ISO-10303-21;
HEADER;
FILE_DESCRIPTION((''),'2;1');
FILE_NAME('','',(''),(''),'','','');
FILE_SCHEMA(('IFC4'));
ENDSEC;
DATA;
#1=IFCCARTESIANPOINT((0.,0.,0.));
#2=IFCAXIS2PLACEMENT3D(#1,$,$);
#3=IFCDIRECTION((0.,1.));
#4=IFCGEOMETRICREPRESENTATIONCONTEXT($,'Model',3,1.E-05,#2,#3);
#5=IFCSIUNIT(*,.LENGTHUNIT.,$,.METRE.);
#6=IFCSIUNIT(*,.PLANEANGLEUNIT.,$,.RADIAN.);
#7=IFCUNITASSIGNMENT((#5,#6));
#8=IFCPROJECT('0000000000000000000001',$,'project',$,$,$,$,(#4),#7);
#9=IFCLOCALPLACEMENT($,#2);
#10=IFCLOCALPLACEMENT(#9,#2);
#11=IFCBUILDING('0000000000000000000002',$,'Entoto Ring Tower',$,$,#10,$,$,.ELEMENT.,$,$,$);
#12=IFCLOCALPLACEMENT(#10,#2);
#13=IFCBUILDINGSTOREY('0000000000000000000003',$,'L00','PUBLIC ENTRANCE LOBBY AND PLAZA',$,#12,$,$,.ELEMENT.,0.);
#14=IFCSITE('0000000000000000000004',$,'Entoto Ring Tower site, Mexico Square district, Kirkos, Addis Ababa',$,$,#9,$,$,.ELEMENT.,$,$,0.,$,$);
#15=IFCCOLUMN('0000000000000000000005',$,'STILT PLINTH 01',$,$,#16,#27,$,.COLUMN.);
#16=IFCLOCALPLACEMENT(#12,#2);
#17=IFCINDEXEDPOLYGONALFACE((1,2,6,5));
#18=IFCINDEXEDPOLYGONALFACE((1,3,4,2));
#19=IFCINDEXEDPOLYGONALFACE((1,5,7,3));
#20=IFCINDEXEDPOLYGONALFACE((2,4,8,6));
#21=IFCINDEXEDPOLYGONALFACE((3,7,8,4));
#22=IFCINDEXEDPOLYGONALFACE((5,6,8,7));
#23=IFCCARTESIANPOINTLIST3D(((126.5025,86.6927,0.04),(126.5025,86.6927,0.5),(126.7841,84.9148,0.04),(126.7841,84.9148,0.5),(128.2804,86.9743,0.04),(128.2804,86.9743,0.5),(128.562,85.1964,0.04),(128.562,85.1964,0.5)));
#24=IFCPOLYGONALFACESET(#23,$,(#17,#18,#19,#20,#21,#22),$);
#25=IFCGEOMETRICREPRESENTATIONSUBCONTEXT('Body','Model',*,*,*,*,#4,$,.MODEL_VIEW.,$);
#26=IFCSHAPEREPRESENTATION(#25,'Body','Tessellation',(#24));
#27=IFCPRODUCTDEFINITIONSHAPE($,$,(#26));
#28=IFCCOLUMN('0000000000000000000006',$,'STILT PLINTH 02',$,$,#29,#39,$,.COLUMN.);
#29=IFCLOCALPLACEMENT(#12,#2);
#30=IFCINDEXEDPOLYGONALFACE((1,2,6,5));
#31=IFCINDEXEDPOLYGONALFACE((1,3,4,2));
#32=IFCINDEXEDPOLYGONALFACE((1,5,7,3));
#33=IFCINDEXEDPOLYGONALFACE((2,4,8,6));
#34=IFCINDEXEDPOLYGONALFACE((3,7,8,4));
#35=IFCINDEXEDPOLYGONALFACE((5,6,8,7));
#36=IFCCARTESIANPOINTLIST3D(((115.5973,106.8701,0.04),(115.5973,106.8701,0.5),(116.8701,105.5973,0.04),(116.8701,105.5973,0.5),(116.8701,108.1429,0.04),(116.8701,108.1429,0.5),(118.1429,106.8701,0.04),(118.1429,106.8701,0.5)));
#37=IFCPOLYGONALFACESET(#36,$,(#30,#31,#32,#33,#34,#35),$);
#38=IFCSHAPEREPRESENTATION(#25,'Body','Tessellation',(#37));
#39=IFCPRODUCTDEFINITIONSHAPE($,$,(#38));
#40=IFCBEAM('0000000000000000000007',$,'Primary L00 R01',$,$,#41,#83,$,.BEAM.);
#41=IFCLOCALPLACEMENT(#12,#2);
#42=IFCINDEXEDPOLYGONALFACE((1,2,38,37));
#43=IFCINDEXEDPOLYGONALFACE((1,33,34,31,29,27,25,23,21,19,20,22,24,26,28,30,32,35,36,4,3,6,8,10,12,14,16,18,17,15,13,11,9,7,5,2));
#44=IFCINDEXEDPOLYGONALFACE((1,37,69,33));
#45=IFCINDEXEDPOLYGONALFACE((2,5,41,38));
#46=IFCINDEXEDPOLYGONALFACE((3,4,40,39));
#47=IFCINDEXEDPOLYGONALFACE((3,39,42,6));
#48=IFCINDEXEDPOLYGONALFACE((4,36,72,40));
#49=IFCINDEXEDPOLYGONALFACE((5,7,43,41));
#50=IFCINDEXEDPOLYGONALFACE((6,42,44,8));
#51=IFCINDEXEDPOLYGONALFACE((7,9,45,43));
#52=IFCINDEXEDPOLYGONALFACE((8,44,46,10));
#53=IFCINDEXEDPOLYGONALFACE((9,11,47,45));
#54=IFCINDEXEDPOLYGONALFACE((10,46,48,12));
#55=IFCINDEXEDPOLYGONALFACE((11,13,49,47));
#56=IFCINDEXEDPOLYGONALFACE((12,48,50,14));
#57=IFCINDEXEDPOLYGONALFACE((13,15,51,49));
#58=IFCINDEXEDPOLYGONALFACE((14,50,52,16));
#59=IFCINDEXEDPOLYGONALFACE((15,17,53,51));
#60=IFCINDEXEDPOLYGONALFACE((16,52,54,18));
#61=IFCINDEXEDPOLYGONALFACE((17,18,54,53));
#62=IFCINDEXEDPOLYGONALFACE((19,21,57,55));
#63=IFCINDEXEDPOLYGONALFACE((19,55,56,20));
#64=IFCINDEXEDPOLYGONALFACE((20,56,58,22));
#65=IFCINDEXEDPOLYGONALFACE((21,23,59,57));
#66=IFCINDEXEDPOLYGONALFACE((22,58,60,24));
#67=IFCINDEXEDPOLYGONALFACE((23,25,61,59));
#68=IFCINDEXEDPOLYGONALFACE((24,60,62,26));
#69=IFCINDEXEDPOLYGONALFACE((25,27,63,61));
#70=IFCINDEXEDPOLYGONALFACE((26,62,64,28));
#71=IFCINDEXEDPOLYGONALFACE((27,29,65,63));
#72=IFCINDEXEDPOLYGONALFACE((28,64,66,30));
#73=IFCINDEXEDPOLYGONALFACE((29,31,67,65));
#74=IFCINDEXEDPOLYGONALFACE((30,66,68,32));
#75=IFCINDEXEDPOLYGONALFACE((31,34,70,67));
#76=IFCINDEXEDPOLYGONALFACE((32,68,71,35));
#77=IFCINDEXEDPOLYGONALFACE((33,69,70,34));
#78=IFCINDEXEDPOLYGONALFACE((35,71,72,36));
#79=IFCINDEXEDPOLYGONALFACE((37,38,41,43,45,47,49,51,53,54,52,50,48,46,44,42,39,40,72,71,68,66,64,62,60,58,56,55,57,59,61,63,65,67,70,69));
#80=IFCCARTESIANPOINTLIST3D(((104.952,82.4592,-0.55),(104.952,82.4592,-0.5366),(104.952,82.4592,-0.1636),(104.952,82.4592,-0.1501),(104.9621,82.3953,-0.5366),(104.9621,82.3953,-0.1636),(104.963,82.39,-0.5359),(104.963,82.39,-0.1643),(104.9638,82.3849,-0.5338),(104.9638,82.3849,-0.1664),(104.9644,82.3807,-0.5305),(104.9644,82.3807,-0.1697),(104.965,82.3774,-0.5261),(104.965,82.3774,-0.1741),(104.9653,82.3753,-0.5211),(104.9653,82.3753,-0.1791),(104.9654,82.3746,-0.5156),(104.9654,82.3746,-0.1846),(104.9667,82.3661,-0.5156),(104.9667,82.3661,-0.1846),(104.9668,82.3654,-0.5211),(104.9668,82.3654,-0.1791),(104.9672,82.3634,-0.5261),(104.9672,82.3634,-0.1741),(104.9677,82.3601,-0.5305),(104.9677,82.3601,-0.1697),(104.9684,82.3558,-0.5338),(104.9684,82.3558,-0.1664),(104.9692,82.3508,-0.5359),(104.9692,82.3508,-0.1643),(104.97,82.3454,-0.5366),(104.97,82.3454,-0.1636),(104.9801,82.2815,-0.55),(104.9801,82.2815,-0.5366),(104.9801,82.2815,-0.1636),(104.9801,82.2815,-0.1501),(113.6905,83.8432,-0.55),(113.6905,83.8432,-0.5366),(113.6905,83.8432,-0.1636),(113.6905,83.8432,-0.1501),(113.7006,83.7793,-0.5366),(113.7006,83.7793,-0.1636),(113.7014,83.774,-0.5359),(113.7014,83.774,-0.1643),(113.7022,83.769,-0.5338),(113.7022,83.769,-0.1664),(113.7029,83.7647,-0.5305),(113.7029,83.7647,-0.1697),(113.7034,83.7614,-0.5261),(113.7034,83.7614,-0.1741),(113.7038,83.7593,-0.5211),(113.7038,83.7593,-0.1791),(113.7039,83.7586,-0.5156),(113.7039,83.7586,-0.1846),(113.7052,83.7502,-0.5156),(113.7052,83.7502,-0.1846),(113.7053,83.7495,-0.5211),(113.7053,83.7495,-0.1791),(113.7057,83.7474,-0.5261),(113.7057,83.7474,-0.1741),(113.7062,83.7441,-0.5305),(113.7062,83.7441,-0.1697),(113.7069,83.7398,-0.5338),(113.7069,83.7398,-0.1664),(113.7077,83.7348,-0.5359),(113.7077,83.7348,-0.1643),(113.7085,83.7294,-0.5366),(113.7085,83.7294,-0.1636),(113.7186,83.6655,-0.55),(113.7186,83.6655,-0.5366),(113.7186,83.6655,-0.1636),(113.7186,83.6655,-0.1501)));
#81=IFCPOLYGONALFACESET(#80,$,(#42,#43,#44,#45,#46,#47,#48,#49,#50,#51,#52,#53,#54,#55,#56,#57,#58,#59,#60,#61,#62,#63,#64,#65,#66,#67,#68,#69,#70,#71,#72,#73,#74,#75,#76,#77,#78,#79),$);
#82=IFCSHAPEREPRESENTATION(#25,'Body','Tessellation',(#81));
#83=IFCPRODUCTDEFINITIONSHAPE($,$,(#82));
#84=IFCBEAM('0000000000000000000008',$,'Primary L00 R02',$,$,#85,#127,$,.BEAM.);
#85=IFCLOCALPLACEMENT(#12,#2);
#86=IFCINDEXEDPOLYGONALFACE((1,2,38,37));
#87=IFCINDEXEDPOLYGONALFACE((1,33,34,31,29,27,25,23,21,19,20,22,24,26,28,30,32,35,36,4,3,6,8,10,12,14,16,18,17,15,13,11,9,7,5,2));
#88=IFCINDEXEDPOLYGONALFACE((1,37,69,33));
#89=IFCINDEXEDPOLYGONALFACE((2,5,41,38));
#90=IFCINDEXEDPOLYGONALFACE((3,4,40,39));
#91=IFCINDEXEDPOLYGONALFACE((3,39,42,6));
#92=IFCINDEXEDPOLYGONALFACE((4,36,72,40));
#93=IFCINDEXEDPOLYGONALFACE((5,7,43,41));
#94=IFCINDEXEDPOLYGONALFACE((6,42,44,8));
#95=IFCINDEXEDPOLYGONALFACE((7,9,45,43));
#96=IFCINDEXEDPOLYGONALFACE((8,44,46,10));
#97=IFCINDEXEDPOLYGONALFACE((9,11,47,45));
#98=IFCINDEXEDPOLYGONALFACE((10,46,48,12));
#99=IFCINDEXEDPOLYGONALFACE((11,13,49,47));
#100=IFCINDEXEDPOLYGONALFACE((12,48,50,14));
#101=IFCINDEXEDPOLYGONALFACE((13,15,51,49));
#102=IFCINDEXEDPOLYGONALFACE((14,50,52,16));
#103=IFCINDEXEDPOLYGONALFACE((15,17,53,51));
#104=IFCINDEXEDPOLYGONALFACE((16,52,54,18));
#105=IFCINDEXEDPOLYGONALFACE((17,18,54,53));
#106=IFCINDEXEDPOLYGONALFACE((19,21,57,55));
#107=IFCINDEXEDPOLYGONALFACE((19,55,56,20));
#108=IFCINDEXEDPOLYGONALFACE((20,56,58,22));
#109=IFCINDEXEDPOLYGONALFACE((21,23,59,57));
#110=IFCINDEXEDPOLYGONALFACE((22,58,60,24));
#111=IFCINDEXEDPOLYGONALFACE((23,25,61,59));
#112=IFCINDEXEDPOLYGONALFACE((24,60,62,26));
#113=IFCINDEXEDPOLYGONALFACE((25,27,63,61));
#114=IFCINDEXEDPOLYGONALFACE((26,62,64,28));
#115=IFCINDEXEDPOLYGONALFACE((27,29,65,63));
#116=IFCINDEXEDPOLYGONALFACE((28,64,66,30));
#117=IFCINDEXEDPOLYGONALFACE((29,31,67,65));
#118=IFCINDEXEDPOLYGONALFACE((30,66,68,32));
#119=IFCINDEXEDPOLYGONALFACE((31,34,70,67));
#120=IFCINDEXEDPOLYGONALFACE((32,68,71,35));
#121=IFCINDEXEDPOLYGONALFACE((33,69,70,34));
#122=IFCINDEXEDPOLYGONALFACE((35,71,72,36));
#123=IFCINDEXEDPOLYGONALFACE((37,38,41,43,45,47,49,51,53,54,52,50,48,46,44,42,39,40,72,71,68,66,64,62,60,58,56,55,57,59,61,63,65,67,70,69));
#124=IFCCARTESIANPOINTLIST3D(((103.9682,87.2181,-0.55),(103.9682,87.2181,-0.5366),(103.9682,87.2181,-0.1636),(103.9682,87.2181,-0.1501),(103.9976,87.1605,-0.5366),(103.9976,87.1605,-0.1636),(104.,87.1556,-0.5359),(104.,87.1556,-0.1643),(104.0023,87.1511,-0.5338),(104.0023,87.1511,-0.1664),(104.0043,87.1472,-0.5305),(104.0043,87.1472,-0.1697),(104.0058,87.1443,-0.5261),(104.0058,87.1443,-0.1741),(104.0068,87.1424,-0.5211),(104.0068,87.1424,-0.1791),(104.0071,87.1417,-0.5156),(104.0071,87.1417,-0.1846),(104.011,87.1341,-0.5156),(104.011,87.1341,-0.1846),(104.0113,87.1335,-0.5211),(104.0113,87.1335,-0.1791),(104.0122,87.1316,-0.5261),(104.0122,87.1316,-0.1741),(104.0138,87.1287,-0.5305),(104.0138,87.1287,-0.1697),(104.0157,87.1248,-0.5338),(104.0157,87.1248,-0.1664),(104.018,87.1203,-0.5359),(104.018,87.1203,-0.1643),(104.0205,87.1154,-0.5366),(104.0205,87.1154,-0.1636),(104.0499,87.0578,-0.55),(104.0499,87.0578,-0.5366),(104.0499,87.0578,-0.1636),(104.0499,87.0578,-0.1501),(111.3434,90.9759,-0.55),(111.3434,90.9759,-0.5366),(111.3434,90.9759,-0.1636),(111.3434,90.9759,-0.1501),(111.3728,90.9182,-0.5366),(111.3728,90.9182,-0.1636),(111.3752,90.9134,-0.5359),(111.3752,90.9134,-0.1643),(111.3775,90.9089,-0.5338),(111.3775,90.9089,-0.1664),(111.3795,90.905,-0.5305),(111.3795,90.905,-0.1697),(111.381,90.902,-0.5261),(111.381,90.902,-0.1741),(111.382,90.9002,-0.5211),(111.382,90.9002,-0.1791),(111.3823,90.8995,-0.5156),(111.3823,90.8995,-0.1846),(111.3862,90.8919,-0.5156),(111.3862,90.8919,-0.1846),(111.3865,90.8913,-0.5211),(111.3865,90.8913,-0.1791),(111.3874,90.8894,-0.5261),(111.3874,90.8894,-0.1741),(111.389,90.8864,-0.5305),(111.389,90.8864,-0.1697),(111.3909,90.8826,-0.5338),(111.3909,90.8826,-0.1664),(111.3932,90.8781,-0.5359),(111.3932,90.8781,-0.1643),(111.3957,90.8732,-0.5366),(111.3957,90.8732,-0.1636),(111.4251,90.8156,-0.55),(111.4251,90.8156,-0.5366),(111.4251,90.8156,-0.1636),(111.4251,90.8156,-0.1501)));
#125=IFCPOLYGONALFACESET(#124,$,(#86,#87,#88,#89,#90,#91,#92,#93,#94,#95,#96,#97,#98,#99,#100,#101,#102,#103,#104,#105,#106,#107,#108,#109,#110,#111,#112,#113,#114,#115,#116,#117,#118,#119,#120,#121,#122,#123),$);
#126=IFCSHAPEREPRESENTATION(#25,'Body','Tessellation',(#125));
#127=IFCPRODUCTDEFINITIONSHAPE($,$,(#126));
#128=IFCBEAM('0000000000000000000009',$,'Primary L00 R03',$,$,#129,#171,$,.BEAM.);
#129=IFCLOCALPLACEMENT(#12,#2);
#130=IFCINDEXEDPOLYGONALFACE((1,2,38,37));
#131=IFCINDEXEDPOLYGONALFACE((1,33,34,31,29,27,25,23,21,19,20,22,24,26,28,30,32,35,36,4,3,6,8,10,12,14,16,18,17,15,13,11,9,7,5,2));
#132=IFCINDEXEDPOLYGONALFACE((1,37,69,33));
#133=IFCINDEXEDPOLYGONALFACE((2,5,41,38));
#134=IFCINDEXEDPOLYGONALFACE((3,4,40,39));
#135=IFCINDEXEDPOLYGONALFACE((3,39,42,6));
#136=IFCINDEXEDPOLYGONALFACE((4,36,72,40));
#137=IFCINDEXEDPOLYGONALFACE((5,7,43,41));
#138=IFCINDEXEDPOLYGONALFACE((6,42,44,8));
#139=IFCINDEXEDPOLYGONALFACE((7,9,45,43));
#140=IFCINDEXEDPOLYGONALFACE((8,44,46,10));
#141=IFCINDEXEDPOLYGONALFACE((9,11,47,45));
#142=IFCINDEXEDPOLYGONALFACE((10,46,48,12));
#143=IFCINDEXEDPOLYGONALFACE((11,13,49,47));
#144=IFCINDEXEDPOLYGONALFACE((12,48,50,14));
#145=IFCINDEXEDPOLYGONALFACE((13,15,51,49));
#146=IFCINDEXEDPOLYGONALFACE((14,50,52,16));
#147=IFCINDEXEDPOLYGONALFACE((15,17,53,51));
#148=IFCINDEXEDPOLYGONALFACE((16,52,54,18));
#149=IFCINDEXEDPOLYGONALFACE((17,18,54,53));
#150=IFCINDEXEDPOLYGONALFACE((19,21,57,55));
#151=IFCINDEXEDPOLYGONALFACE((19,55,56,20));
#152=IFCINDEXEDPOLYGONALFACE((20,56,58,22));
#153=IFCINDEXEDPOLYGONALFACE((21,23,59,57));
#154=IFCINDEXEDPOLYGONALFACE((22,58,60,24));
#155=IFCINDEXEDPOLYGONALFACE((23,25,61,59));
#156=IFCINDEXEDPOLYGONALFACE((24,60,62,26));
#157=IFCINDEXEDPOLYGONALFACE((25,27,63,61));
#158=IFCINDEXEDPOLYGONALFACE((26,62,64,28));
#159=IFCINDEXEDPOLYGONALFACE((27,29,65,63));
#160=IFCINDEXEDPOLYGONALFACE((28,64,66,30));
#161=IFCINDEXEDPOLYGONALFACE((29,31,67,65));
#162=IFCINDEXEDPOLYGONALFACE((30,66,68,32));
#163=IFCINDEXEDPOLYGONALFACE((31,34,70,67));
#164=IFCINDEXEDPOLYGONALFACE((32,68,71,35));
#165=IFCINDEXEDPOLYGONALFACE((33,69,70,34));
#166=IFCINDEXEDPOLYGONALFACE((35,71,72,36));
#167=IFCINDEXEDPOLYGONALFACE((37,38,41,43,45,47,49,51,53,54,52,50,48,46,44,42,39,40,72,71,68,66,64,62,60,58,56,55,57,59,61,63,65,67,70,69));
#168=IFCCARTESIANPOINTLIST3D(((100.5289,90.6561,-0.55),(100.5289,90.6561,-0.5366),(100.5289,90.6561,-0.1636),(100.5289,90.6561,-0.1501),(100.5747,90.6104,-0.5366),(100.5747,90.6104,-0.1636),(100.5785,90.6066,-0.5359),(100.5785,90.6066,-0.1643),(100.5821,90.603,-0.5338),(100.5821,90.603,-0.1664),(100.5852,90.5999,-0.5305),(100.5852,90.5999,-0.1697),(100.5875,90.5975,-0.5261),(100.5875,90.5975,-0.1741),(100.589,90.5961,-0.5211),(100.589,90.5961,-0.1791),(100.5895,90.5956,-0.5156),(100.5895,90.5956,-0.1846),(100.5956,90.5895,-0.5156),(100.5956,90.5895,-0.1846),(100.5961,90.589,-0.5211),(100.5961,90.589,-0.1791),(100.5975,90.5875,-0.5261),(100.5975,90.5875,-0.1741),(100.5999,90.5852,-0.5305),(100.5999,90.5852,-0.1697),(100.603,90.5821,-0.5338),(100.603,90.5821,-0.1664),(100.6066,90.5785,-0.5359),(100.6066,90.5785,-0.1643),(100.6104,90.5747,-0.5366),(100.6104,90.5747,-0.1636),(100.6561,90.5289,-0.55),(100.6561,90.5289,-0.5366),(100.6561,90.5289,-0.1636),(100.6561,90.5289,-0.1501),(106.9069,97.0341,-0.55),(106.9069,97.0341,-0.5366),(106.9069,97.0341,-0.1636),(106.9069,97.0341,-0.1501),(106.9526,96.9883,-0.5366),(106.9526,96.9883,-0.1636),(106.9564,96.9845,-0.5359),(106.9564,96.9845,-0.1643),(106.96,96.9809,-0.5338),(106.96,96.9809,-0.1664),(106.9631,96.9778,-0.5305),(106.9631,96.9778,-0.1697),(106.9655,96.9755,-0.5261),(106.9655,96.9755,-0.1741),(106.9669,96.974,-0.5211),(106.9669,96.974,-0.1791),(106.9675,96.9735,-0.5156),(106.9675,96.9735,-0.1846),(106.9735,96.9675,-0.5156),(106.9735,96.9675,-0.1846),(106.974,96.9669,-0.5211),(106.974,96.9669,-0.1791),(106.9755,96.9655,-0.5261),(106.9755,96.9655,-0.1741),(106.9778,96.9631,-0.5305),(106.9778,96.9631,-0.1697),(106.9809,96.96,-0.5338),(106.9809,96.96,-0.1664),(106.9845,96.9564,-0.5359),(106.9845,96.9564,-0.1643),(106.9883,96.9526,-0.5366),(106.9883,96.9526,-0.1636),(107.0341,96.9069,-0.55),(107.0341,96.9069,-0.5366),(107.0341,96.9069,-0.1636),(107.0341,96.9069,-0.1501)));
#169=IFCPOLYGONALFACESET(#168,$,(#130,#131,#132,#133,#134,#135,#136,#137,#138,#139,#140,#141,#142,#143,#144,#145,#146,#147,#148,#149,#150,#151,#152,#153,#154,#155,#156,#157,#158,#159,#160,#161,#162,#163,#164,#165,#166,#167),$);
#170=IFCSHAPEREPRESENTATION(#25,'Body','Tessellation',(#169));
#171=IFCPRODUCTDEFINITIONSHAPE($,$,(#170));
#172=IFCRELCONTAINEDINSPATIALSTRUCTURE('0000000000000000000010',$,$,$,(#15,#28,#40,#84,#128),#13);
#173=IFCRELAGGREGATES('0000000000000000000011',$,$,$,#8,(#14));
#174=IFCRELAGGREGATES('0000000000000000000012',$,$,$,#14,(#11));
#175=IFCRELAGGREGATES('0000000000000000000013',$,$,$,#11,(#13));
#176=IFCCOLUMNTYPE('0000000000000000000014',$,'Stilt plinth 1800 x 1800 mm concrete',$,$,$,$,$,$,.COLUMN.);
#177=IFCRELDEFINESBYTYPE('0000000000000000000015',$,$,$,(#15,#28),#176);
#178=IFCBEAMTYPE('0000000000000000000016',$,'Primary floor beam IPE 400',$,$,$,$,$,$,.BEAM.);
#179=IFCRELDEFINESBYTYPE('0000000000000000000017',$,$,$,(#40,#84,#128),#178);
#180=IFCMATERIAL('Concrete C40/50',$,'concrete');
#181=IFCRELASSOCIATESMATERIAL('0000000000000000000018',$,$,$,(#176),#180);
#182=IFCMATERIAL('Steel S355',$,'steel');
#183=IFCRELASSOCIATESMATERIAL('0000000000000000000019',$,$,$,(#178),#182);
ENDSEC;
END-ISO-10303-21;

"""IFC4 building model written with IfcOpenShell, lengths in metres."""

from ifc_helpers import new_model, si_unit, direction, frame, origin, origin_2d, place, context, subcontext, project, spatial, rectangle, i_section, extrude, material, material_profile, profile_set, type_object, element, save


model = new_model("IFC4")

# Units and contexts
model_context = context("Model", 3, precision=1e-05, world=origin(), true_north=direction((0.0, 1.0)))
body_context = subcontext(model_context, "Body", "Model", "MODEL_VIEW")
ifc_project = project(units=[si_unit("LENGTHUNIT", "METRE"), si_unit("PLANEANGLEUNIT", "RADIAN")], contexts=[model_context])

# Site, building, storey
site_placement = place(None, origin())
site = spatial("IfcSite", under=ifc_project, at=site_placement, Name="Entoto Ring Tower site, Mexico Square district, Kirkos, Addis Ababa", CompositionType="ELEMENT", RefElevation=0.0)
building_placement = place(site_placement, origin())
building = spatial("IfcBuilding", under=site, at=building_placement, Name="Entoto Ring Tower", CompositionType="ELEMENT")
storey_placement = place(building_placement, origin())
storey = spatial("IfcBuildingStorey", under=building, at=storey_placement, Name="L00", Description="PUBLIC ENTRANCE LOBBY AND PLAZA", CompositionType="ELEMENT", Elevation=0.0)

# Columns
ifc_material_1 = material(Name="Concrete C40/50", Category="concrete")
ifc_material_profile_1 = material_profile(ifc_material_1, rectangle(XDim=1.8, YDim=1.8, at=origin_2d()), Name="Stilt plinth 1800 x 1800 mm concrete")
ifc_profile_set_1 = profile_set([ifc_material_profile_1], Name="Concrete C40/50")
column_type_1 = type_object("IfcColumnType", Name="Stilt plinth 1800 x 1800 mm concrete", PredefinedType="COLUMN", material=ifc_profile_set_1)
for number, where, z_axis, x_axis, name in (
    (1, (127.5322, 85.9446, 0.04), (0.0, 0.0, 1.0), (-0.156434, 0.987688, 0.0), "STILT PLINTH 01"),
    (2, (116.8701, 106.8701, 0.04), (0.0, 0.0, 1.0), (-0.707107, 0.707107, 0.0), "STILT PLINTH 02"),
):
    element("IfcColumn", number, at=place(storey_placement, frame(where, z_axis=z_axis, x_axis=x_axis)), inside=storey, type_object=column_type_1, Name=name, PredefinedType="COLUMN", context=body_context, shape_type="SweptSolid", body=[
        extrude(rectangle(XDim=1.8, YDim=1.8, at=origin_2d()), origin(), (0.0, 0.0, 1.0), 0.46),
    ])

# Beams
ifc_material_2 = material(Name="Steel S355", Category="steel")
ifc_material_profile_2 = material_profile(ifc_material_2, i_section(OverallWidth=0.1799, OverallDepth=0.3999, WebThickness=0.0085, FlangeThickness=0.0134, FilletRadius=0.021, at=origin_2d()), Name="IPE 400")
ifc_profile_set_2 = profile_set([ifc_material_profile_2], Name="Steel S355")
beam_type_1 = type_object("IfcBeamType", Name="Primary floor beam IPE 400", PredefinedType="BEAM", material=ifc_profile_set_2)
beam_1_placement = place(storey_placement, frame((104.9661, 82.3704, -0.3501), z_axis=(0.987689, 0.156433, 0.0), x_axis=(-0.156433, 0.987689, 0.0)))
element("IfcBeam", 3, at=beam_1_placement, inside=storey, type_object=beam_type_1, Name="Primary L00 R01", PredefinedType="BEAM", context=body_context, shape_type="SweptSolid", body=[
    extrude(i_section(OverallWidth=0.1799, OverallDepth=0.3999, WebThickness=0.0085, FlangeThickness=0.0134, FilletRadius=0.021, at=origin_2d()), origin(), (0.0, 0.0, 1.0), 8.8474),
])
beam_2_placement = place(storey_placement, frame((104.009, 87.1379, -0.3501), z_axis=(0.89101, 0.453985, 0.0), x_axis=(-0.453985, 0.89101, 0.0)))
element("IfcBeam", 4, at=beam_2_placement, inside=storey, type_object=beam_type_1, Name="Primary L00 R02", PredefinedType="BEAM", context=body_context, shape_type="SweptSolid", body=[
    extrude(i_section(OverallWidth=0.1799, OverallDepth=0.3999, WebThickness=0.0085, FlangeThickness=0.0134, FilletRadius=0.021, at=origin_2d()), origin(), (0.0, 0.0, 1.0), 8.2773),
])
beam_3_placement = place(storey_placement, frame((100.5925, 90.5925, -0.3501), z_axis=(0.707107, 0.707107, 0.0), x_axis=(-0.707107, 0.707107, 0.0)))
element("IfcBeam", 5, at=beam_3_placement, inside=storey, type_object=beam_type_1, Name="Primary L00 R03", PredefinedType="BEAM", context=body_context, shape_type="SweptSolid", body=[
    extrude(i_section(OverallWidth=0.1799, OverallDepth=0.3999, WebThickness=0.0085, FlangeThickness=0.0134, FilletRadius=0.021, at=origin_2d()), origin(), (0.0, 0.0, 1.0), 9.0198),
])

save(model, "model.ifc")
